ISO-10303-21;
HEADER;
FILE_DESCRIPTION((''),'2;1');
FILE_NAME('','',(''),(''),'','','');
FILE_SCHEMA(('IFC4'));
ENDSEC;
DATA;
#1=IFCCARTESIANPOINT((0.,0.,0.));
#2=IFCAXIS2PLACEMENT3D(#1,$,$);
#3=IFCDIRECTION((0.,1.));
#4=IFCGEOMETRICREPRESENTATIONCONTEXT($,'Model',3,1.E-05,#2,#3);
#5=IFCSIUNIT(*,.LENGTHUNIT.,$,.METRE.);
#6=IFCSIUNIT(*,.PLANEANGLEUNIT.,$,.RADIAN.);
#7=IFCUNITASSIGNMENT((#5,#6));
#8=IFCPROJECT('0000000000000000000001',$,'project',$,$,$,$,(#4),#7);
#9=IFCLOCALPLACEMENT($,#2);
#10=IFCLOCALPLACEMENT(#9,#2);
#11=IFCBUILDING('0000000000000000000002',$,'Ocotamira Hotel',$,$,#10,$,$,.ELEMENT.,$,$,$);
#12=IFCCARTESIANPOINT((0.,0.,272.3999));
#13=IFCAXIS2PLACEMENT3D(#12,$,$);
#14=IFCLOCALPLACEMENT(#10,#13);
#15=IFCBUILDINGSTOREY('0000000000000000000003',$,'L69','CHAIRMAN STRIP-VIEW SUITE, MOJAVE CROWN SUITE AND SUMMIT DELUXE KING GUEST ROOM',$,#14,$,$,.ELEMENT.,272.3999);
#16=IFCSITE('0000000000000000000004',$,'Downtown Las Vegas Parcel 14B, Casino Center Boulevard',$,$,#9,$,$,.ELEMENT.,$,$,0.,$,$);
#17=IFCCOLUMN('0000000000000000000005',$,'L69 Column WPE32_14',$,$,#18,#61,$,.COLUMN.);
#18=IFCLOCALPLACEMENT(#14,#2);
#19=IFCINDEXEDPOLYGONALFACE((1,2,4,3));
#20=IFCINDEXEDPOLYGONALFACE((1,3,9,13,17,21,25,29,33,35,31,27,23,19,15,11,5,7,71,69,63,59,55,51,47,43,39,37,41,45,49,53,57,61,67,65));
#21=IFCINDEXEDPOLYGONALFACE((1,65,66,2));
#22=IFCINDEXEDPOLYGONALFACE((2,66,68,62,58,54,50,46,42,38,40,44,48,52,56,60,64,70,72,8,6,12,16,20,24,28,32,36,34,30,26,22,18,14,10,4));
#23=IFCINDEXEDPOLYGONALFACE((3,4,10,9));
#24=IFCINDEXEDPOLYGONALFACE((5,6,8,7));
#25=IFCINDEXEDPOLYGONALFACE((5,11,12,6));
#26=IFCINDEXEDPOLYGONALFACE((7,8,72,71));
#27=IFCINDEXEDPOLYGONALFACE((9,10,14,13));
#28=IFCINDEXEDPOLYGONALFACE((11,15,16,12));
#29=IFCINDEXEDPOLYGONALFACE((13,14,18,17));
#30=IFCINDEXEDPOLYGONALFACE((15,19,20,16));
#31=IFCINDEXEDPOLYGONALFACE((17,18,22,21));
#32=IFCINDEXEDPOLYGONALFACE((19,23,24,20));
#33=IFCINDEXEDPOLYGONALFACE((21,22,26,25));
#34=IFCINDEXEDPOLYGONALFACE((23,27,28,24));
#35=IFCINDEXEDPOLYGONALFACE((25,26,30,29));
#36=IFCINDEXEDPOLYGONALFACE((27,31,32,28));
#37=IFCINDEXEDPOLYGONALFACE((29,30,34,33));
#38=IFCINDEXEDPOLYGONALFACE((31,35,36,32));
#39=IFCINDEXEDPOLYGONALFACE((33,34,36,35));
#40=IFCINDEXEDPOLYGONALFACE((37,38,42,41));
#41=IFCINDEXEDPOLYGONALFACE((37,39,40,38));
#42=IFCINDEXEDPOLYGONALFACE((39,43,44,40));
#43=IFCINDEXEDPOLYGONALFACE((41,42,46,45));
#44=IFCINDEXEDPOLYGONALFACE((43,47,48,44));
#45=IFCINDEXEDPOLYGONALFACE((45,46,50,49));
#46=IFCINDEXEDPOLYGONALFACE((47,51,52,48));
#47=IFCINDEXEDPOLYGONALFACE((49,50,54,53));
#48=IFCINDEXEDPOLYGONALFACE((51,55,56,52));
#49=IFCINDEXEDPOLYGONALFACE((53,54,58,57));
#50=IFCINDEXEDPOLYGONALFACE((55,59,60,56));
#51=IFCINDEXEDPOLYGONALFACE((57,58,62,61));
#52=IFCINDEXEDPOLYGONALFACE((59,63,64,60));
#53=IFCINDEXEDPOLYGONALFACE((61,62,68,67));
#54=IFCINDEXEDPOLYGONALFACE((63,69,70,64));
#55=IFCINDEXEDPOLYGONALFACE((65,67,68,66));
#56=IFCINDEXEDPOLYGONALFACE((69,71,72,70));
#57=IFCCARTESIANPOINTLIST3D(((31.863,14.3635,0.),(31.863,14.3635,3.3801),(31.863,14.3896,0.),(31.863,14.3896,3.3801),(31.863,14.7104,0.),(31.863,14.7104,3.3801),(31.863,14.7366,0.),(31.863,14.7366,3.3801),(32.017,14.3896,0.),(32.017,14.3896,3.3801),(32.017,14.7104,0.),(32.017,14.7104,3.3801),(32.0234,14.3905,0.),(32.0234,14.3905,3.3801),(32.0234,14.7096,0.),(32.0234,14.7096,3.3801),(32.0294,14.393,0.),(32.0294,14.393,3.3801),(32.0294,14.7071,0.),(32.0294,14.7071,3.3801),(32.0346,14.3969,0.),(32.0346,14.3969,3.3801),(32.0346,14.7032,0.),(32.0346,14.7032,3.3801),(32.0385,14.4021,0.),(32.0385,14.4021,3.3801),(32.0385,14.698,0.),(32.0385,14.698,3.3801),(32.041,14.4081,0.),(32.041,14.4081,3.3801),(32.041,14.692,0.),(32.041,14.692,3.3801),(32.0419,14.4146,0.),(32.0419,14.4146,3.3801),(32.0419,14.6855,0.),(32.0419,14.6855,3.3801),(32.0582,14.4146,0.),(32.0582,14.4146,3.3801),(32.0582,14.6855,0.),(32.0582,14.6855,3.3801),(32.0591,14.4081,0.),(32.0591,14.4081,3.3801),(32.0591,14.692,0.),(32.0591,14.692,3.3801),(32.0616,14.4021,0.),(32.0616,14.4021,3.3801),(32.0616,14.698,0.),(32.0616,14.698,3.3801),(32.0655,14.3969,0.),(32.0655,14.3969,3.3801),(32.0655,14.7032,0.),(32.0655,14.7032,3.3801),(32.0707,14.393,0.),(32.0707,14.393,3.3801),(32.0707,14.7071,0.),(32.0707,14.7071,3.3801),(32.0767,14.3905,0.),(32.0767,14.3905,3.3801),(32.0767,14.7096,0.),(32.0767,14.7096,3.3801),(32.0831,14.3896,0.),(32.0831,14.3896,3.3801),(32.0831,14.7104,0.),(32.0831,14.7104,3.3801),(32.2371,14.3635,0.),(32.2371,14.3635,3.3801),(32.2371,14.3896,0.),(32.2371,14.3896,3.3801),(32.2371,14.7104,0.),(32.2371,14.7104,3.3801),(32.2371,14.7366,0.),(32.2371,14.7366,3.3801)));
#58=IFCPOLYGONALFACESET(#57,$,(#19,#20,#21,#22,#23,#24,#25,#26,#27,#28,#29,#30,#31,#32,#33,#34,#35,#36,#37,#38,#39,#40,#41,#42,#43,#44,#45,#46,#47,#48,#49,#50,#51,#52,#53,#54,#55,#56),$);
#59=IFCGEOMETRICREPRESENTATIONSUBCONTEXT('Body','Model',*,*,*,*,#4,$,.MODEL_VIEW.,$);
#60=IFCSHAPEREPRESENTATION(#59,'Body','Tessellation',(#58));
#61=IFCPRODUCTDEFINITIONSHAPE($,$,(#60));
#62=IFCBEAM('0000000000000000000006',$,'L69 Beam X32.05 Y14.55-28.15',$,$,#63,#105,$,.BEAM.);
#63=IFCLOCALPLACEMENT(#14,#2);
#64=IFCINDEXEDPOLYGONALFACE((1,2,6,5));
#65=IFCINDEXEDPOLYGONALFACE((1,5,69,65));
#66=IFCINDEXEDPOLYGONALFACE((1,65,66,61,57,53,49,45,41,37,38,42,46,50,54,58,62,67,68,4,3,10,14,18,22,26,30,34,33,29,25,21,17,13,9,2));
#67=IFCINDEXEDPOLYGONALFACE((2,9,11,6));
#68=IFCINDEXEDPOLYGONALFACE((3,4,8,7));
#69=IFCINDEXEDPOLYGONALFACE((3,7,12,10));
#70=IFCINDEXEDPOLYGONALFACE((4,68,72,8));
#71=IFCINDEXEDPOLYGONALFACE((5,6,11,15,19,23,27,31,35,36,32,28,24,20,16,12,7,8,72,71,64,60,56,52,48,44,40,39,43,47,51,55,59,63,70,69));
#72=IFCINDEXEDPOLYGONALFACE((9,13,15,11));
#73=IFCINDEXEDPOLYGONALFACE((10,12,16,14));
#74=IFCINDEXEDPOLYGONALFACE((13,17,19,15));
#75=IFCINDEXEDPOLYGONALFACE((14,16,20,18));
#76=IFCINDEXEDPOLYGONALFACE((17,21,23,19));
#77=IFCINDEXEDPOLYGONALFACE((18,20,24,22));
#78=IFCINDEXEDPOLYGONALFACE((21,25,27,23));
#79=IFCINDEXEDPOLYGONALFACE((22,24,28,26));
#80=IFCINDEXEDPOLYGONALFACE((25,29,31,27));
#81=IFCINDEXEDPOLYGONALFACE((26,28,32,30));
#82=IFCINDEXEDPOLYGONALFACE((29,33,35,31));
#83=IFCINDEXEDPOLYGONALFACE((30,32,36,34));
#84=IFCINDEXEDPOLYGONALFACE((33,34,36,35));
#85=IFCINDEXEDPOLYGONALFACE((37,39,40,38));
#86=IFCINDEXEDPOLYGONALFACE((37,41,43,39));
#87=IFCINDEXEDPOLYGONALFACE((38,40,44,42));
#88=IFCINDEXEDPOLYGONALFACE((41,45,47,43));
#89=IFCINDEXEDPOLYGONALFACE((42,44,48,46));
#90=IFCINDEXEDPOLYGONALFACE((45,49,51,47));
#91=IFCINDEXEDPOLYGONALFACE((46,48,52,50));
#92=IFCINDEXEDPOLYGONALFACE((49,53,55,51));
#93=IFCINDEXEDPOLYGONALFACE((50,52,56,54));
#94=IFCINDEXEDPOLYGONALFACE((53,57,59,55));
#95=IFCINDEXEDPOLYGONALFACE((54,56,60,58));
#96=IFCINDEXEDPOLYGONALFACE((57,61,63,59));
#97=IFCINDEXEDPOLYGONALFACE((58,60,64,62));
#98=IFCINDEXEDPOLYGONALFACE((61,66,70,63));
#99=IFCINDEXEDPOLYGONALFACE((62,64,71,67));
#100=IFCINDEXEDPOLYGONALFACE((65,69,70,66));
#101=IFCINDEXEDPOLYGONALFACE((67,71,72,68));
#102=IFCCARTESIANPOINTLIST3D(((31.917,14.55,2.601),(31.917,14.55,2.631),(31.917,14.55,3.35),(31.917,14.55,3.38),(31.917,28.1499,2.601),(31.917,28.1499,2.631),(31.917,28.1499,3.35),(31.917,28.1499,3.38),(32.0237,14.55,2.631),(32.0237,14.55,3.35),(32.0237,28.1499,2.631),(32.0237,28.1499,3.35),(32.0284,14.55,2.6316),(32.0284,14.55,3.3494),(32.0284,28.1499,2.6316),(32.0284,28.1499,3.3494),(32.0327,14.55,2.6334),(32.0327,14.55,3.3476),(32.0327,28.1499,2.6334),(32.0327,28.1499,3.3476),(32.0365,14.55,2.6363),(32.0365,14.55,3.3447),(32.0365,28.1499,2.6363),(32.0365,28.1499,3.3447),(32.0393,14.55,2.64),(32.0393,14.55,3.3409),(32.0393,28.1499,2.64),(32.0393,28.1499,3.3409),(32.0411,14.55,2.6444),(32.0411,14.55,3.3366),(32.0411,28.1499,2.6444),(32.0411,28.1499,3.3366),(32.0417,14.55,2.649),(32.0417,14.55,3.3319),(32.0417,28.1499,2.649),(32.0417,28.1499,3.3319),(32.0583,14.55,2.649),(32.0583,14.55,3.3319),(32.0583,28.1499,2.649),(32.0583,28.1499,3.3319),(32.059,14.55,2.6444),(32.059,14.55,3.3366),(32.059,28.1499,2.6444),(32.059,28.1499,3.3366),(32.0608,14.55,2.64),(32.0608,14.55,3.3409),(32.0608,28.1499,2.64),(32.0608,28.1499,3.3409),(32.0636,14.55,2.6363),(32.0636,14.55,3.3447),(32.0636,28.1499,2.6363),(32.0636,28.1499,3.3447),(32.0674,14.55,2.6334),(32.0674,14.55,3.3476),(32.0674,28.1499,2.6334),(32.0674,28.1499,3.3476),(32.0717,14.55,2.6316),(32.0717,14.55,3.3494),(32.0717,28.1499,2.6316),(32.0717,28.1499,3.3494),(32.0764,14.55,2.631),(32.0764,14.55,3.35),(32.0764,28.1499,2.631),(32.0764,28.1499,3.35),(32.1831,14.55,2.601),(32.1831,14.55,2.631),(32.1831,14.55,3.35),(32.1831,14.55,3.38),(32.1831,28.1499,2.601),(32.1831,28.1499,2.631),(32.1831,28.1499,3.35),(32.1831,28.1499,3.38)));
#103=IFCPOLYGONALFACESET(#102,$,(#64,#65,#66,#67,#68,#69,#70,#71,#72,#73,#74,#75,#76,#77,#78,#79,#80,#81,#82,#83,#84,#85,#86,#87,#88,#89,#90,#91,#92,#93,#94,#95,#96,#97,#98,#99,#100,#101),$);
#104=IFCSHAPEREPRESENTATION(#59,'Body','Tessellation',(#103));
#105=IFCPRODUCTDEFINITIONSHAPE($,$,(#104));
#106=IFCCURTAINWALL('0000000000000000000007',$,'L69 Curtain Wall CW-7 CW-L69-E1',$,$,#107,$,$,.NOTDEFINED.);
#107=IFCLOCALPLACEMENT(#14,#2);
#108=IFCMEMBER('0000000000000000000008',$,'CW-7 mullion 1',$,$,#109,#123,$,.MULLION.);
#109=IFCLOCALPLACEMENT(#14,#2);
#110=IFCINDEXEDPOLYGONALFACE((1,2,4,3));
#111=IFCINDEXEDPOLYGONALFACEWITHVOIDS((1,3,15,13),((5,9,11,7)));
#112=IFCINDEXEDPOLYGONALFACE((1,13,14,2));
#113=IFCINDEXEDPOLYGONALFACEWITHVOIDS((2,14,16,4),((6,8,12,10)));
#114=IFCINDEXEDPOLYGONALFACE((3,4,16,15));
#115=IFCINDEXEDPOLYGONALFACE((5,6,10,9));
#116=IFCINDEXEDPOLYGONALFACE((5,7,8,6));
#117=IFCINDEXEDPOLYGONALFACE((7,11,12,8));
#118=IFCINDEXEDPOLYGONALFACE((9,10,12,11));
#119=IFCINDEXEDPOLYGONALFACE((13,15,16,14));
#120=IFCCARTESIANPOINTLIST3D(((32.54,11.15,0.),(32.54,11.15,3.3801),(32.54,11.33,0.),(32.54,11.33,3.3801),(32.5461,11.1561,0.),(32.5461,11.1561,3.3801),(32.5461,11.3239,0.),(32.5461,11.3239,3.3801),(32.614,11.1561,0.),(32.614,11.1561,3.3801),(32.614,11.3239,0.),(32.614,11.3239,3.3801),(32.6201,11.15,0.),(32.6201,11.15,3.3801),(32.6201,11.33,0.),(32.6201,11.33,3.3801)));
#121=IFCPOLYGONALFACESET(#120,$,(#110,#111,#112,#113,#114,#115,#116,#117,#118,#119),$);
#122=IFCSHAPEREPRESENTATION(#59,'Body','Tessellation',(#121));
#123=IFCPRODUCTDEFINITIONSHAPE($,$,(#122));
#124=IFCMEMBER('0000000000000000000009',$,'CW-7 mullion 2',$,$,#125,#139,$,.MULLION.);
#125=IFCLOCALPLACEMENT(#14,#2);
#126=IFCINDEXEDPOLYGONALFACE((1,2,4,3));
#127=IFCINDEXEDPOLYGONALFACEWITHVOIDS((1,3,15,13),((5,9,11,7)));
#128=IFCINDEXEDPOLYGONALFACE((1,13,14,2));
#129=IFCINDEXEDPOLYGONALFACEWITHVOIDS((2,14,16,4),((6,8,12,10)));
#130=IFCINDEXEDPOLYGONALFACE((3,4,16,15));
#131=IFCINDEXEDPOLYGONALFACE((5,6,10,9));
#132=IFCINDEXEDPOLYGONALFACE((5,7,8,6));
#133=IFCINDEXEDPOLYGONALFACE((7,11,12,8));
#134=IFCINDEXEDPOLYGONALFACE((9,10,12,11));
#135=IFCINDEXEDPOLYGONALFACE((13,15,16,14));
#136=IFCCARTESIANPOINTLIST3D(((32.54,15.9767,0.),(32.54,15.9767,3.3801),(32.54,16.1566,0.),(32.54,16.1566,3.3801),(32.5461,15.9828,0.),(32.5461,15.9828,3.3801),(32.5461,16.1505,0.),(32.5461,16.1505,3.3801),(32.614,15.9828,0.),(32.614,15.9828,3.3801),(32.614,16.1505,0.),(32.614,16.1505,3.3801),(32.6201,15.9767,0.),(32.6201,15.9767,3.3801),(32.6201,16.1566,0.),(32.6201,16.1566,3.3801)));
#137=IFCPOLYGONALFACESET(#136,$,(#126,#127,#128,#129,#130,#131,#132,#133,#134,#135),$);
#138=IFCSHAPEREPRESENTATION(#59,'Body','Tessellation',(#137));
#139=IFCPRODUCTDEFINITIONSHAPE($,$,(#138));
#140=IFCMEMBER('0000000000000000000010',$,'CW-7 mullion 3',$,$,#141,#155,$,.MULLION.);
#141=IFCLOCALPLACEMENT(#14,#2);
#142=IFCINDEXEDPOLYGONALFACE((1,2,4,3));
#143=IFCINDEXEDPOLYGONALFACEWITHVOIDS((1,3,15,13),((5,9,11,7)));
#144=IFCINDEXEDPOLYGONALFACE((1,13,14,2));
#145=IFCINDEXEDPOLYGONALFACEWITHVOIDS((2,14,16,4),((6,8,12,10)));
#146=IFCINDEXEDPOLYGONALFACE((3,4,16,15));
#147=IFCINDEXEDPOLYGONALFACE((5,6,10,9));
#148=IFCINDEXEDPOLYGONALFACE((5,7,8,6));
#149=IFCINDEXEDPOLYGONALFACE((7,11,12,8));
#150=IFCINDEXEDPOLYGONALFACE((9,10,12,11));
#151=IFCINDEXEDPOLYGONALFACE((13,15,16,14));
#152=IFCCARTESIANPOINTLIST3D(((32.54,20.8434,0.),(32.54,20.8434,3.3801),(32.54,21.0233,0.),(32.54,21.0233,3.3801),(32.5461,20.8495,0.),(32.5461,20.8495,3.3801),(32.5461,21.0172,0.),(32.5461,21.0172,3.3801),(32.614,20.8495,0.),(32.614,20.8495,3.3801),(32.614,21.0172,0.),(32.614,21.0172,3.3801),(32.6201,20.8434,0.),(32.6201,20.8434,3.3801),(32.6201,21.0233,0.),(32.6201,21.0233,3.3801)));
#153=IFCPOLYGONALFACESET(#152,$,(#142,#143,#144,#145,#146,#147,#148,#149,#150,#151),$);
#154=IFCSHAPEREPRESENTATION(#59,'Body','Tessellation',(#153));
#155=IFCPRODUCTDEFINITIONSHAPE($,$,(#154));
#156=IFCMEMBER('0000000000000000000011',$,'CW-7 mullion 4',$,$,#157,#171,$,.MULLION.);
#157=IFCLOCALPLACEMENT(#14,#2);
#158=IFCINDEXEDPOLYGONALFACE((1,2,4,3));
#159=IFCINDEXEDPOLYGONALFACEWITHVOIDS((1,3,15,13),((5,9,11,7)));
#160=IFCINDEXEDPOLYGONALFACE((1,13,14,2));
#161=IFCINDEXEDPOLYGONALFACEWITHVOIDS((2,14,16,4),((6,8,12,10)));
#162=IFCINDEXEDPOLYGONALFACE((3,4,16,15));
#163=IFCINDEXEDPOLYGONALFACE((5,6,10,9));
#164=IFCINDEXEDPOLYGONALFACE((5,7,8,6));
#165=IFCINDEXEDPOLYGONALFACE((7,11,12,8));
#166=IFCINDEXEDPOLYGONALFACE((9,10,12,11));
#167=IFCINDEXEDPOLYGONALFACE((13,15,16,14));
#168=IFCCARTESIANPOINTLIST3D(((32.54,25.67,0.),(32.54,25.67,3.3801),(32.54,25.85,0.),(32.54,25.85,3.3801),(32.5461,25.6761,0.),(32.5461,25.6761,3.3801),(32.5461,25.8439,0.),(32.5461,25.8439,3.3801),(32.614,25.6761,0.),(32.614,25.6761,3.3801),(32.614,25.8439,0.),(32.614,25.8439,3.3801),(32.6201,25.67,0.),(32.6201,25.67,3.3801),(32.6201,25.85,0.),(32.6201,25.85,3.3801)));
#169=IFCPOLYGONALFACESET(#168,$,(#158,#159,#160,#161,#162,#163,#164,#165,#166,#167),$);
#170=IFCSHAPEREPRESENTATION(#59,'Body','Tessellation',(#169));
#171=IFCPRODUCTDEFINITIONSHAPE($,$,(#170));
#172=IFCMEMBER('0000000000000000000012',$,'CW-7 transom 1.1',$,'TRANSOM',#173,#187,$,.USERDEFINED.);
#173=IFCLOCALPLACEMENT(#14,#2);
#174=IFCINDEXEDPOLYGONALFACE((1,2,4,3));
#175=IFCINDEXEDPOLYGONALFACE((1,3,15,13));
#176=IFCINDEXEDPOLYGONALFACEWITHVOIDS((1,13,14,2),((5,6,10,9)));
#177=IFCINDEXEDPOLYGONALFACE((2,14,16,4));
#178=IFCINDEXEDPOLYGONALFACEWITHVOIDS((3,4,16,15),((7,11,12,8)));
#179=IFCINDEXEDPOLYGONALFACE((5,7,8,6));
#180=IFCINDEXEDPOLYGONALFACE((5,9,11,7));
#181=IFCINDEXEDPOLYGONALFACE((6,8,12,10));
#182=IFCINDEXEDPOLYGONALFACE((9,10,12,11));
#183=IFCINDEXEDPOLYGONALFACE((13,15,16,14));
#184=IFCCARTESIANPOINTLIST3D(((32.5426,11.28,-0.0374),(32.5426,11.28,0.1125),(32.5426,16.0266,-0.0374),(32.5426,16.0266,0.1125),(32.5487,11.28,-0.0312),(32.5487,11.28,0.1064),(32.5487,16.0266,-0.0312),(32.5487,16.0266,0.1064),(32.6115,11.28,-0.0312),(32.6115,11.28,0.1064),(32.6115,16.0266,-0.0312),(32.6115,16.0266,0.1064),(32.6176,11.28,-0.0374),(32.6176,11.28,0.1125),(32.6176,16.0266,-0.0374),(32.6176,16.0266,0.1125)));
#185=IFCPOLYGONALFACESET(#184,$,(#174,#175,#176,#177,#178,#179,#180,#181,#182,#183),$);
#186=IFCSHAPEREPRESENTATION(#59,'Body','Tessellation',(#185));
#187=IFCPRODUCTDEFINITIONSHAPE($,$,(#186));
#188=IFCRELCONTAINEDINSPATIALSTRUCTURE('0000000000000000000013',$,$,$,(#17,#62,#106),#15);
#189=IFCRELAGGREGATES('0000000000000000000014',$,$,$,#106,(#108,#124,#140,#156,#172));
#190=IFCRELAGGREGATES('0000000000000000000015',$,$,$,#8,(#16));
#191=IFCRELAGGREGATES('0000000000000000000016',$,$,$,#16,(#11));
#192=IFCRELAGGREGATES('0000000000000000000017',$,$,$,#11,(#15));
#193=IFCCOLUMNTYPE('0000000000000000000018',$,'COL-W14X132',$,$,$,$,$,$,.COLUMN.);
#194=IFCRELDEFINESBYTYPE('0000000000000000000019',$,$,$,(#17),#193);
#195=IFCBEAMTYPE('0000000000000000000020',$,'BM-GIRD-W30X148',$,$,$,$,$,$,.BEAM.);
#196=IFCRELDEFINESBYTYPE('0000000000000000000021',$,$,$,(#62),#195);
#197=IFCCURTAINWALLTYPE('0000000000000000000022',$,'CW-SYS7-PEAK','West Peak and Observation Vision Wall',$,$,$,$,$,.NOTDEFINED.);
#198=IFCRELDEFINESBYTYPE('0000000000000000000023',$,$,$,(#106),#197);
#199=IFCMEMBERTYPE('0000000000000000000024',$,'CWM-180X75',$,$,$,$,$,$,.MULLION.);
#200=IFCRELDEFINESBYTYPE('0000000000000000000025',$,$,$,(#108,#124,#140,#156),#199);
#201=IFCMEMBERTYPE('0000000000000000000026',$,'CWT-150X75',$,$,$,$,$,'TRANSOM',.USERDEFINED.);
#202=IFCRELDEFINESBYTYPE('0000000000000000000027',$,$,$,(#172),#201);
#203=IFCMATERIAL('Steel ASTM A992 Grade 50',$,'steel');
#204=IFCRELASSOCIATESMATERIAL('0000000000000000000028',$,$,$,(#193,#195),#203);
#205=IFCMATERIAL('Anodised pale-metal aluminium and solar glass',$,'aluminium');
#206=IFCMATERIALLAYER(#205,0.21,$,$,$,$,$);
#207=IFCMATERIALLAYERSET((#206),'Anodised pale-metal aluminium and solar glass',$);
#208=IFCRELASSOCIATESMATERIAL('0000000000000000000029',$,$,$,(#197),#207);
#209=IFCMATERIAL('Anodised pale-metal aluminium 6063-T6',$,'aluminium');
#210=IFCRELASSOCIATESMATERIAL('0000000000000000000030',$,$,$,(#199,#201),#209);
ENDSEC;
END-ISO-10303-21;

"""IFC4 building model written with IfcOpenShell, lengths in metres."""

from ifc_helpers import new_model, si_unit, direction, frame, origin, origin_2d, place, context, subcontext, project, spatial, hollow_rectangle, i_section, extrude, source, transform, mapped, material, layer, layer_set, material_profile, profile_set, type_object, element, aggregate, save


model = new_model("IFC4")

# Units and contexts
model_context = context("Model", 3, precision=1e-05, world=origin(), true_north=direction((0.0, 1.0)))
body_context = subcontext(model_context, "Body", "Model", "MODEL_VIEW")
ifc_project = project(units=[si_unit("LENGTHUNIT", "METRE"), si_unit("PLANEANGLEUNIT", "RADIAN")], contexts=[model_context])

# Site, building, storey
site_placement = place(None, origin())
site = spatial("IfcSite", under=ifc_project, at=site_placement, Name="Downtown Las Vegas Parcel 14B, Casino Center Boulevard", CompositionType="ELEMENT", RefElevation=0.0)
building_placement = place(site_placement, origin())
building = spatial("IfcBuilding", under=site, at=building_placement, Name="Ocotamira Hotel", CompositionType="ELEMENT")
storey_placement = place(building_placement, frame((0.0, 0.0, 272.3999)))
storey = spatial("IfcBuildingStorey", under=building, at=storey_placement, Name="L69", Description="CHAIRMAN STRIP-VIEW SUITE, MOJAVE CROWN SUITE AND SUMMIT DELUXE KING GUEST ROOM", CompositionType="ELEMENT", Elevation=272.3999)

# Column
ifc_material_1 = material(Name="Steel ASTM A992 Grade 50", Category="steel")
ifc_material_profile_1 = material_profile(ifc_material_1, i_section(OverallWidth=0.374, OverallDepth=0.373, WebThickness=0.0164, FlangeThickness=0.0261, FilletRadius=0.0249, at=origin_2d()), Name="W14X132")
ifc_profile_set_1 = profile_set([ifc_material_profile_1], Name="Steel ASTM A992 Grade 50")
column_type = type_object("IfcColumnType", Name="COL-W14X132", PredefinedType="COLUMN", material=ifc_profile_set_1)
shared_shape_1 = source(origin(), body_context, "Body", "SweptSolid", [
    extrude(i_section(OverallWidth=0.374, OverallDepth=0.373, WebThickness=0.0164, FlangeThickness=0.0261, FilletRadius=0.0249, at=origin_2d()), origin(), (0.0, 0.0, 1.0), 3.3801),
])
column_placement = place(storey_placement, frame((32.05, 14.55, 0.0), z_axis=(0.0, 0.0, 1.0), x_axis=(1.0, 0.0, 0.0)))
element("IfcColumn", 1, at=column_placement, inside=storey, type_object=column_type, Name="L69 Column WPE32_14", PredefinedType="COLUMN", context=body_context, shape_type="MappedRepresentation", body=[
    mapped(shared_shape_1, transform((0.0, 0.0, 0.0), scale=1.0)),
])

# Beam
ifc_material_profile_2 = material_profile(ifc_material_1, i_section(OverallWidth=0.2661, OverallDepth=0.7791, WebThickness=0.0166, FlangeThickness=0.03, FilletRadius=0.0181, at=origin_2d()), Name="W30X148")
ifc_profile_set_2 = profile_set([ifc_material_profile_2], Name="Steel ASTM A992 Grade 50")
beam_type = type_object("IfcBeamType", Name="BM-GIRD-W30X148", PredefinedType="BEAM", material=ifc_profile_set_2)
shared_shape_2 = source(origin(), body_context, "Body", "SweptSolid", [
    extrude(i_section(OverallWidth=0.2661, OverallDepth=0.7791, WebThickness=0.0166, FlangeThickness=0.03, FilletRadius=0.0181, at=origin_2d()), origin(), (0.0, 0.0, 1.0), 13.5999),
])
beam_placement = place(storey_placement, frame((32.05, 14.55, 2.9905), z_axis=(0.0, 1.0, 0.0), x_axis=(-1.0, 0.0, 0.0)))
element("IfcBeam", 2, at=beam_placement, inside=storey, type_object=beam_type, Name="L69 Beam X32.05 Y14.55-28.15", PredefinedType="BEAM", context=body_context, shape_type="MappedRepresentation", body=[
    mapped(shared_shape_2, transform((0.0, 0.0, 0.0), scale=1.0)),
])

# Curtain wall, members
ifc_material_2 = material(Name="Anodised pale-metal aluminium and solar glass", Category="aluminium")
ifc_layer_1 = layer(ifc_material_2, 0.21)
ifc_layer_set_1 = layer_set([ifc_layer_1], Name="Anodised pale-metal aluminium and solar glass")
curtain_wall_type = type_object("IfcCurtainWallType", Name="CW-SYS7-PEAK", Description="West Peak and Observation Vision Wall", PredefinedType="NOTDEFINED", material=ifc_layer_set_1)
curtain_wall_placement = place(storey_placement, origin())
curtain_wall = element("IfcCurtainWall", 3, at=curtain_wall_placement, inside=storey, type_object=curtain_wall_type, Name="L69 Curtain Wall CW-7 CW-L69-E1", PredefinedType="NOTDEFINED")
ifc_material_3 = material(Name="Anodised pale-metal aluminium 6063-T6", Category="aluminium")
ifc_material_profile_3 = material_profile(ifc_material_3, hollow_rectangle(XDim=0.0801, YDim=0.1799, WallThickness=0.0061, at=origin_2d()), Name="HSS180X80X6")
ifc_profile_set_3 = profile_set([ifc_material_profile_3], Name="Anodised pale-metal aluminium 6063-T6")
member_type_1 = type_object("IfcMemberType", Name="CWM-180X75", PredefinedType="MULLION", material=ifc_profile_set_3)
shared_shape_3 = source(origin(), body_context, "Body", "SweptSolid", [
    extrude(hollow_rectangle(XDim=0.0801, YDim=0.1799, WallThickness=0.0061, at=origin_2d()), origin(), (0.0, 0.0, 1.0), 3.3801),
])
member_1_placement = place(storey_placement, frame((32.5801, 11.24, 0.0), z_axis=(0.0, 0.0, 1.0), x_axis=(-1.0, 0.0, 0.0)))
member_1 = element("IfcMember", 4, at=member_1_placement, type_object=member_type_1, Name="CW-7 mullion 1", PredefinedType="MULLION", context=body_context, shape_type="MappedRepresentation", body=[
    mapped(shared_shape_3, transform((0.0, 0.0, 0.0), scale=1.0)),
])
member_2_placement = place(storey_placement, frame((32.5801, 16.0667, 0.0), z_axis=(0.0, 0.0, 1.0), x_axis=(-1.0, 0.0, 0.0)))
member_2 = element("IfcMember", 5, at=member_2_placement, type_object=member_type_1, Name="CW-7 mullion 2", PredefinedType="MULLION", context=body_context, shape_type="MappedRepresentation", body=[
    mapped(shared_shape_3, transform((0.0, 0.0, 0.0), scale=1.0)),
])
member_3_placement = place(storey_placement, frame((32.5801, 20.9333, 0.0), z_axis=(0.0, 0.0, 1.0), x_axis=(-1.0, 0.0, 0.0)))
member_3 = element("IfcMember", 6, at=member_3_placement, type_object=member_type_1, Name="CW-7 mullion 3", PredefinedType="MULLION", context=body_context, shape_type="MappedRepresentation", body=[
    mapped(shared_shape_3, transform((0.0, 0.0, 0.0), scale=1.0)),
])
member_4_placement = place(storey_placement, frame((32.5801, 25.76, 0.0), z_axis=(0.0, 0.0, 1.0), x_axis=(-1.0, 0.0, 0.0)))
member_4 = element("IfcMember", 7, at=member_4_placement, type_object=member_type_1, Name="CW-7 mullion 4", PredefinedType="MULLION", context=body_context, shape_type="MappedRepresentation", body=[
    mapped(shared_shape_3, transform((0.0, 0.0, 0.0), scale=1.0)),
])
ifc_material_profile_4 = material_profile(ifc_material_3, hollow_rectangle(XDim=0.075, YDim=0.1499, WallThickness=0.0061, at=origin_2d()), Name="HSS150X75X6")
ifc_profile_set_4 = profile_set([ifc_material_profile_4], Name="Anodised pale-metal aluminium 6063-T6")
member_type_2 = type_object("IfcMemberType", Name="CWT-150X75", ElementType="TRANSOM", PredefinedType="USERDEFINED", material=ifc_profile_set_4)
shared_shape_4 = source(origin(), body_context, "Body", "SweptSolid", [
    extrude(hollow_rectangle(XDim=0.075, YDim=0.1499, WallThickness=0.0061, at=origin_2d()), origin(), (0.0, 0.0, 1.0), 4.7466),
])
member_5_placement = place(storey_placement, frame((32.5801, 11.28, 0.0376), z_axis=(0.0, 1.0, 0.0), x_axis=(-1.0, 0.0, 0.0)))
member_5 = element("IfcMember", 8, at=member_5_placement, type_object=member_type_2, Name="CW-7 transom 1.1", ObjectType="TRANSOM", PredefinedType="USERDEFINED", context=body_context, shape_type="MappedRepresentation", body=[
    mapped(shared_shape_4, transform((0.0, 0.0, 0.0), scale=1.0)),
])
aggregate(curtain_wall, [member_1, member_2, member_3, member_4, member_5])

save(model, "model.ifc")
